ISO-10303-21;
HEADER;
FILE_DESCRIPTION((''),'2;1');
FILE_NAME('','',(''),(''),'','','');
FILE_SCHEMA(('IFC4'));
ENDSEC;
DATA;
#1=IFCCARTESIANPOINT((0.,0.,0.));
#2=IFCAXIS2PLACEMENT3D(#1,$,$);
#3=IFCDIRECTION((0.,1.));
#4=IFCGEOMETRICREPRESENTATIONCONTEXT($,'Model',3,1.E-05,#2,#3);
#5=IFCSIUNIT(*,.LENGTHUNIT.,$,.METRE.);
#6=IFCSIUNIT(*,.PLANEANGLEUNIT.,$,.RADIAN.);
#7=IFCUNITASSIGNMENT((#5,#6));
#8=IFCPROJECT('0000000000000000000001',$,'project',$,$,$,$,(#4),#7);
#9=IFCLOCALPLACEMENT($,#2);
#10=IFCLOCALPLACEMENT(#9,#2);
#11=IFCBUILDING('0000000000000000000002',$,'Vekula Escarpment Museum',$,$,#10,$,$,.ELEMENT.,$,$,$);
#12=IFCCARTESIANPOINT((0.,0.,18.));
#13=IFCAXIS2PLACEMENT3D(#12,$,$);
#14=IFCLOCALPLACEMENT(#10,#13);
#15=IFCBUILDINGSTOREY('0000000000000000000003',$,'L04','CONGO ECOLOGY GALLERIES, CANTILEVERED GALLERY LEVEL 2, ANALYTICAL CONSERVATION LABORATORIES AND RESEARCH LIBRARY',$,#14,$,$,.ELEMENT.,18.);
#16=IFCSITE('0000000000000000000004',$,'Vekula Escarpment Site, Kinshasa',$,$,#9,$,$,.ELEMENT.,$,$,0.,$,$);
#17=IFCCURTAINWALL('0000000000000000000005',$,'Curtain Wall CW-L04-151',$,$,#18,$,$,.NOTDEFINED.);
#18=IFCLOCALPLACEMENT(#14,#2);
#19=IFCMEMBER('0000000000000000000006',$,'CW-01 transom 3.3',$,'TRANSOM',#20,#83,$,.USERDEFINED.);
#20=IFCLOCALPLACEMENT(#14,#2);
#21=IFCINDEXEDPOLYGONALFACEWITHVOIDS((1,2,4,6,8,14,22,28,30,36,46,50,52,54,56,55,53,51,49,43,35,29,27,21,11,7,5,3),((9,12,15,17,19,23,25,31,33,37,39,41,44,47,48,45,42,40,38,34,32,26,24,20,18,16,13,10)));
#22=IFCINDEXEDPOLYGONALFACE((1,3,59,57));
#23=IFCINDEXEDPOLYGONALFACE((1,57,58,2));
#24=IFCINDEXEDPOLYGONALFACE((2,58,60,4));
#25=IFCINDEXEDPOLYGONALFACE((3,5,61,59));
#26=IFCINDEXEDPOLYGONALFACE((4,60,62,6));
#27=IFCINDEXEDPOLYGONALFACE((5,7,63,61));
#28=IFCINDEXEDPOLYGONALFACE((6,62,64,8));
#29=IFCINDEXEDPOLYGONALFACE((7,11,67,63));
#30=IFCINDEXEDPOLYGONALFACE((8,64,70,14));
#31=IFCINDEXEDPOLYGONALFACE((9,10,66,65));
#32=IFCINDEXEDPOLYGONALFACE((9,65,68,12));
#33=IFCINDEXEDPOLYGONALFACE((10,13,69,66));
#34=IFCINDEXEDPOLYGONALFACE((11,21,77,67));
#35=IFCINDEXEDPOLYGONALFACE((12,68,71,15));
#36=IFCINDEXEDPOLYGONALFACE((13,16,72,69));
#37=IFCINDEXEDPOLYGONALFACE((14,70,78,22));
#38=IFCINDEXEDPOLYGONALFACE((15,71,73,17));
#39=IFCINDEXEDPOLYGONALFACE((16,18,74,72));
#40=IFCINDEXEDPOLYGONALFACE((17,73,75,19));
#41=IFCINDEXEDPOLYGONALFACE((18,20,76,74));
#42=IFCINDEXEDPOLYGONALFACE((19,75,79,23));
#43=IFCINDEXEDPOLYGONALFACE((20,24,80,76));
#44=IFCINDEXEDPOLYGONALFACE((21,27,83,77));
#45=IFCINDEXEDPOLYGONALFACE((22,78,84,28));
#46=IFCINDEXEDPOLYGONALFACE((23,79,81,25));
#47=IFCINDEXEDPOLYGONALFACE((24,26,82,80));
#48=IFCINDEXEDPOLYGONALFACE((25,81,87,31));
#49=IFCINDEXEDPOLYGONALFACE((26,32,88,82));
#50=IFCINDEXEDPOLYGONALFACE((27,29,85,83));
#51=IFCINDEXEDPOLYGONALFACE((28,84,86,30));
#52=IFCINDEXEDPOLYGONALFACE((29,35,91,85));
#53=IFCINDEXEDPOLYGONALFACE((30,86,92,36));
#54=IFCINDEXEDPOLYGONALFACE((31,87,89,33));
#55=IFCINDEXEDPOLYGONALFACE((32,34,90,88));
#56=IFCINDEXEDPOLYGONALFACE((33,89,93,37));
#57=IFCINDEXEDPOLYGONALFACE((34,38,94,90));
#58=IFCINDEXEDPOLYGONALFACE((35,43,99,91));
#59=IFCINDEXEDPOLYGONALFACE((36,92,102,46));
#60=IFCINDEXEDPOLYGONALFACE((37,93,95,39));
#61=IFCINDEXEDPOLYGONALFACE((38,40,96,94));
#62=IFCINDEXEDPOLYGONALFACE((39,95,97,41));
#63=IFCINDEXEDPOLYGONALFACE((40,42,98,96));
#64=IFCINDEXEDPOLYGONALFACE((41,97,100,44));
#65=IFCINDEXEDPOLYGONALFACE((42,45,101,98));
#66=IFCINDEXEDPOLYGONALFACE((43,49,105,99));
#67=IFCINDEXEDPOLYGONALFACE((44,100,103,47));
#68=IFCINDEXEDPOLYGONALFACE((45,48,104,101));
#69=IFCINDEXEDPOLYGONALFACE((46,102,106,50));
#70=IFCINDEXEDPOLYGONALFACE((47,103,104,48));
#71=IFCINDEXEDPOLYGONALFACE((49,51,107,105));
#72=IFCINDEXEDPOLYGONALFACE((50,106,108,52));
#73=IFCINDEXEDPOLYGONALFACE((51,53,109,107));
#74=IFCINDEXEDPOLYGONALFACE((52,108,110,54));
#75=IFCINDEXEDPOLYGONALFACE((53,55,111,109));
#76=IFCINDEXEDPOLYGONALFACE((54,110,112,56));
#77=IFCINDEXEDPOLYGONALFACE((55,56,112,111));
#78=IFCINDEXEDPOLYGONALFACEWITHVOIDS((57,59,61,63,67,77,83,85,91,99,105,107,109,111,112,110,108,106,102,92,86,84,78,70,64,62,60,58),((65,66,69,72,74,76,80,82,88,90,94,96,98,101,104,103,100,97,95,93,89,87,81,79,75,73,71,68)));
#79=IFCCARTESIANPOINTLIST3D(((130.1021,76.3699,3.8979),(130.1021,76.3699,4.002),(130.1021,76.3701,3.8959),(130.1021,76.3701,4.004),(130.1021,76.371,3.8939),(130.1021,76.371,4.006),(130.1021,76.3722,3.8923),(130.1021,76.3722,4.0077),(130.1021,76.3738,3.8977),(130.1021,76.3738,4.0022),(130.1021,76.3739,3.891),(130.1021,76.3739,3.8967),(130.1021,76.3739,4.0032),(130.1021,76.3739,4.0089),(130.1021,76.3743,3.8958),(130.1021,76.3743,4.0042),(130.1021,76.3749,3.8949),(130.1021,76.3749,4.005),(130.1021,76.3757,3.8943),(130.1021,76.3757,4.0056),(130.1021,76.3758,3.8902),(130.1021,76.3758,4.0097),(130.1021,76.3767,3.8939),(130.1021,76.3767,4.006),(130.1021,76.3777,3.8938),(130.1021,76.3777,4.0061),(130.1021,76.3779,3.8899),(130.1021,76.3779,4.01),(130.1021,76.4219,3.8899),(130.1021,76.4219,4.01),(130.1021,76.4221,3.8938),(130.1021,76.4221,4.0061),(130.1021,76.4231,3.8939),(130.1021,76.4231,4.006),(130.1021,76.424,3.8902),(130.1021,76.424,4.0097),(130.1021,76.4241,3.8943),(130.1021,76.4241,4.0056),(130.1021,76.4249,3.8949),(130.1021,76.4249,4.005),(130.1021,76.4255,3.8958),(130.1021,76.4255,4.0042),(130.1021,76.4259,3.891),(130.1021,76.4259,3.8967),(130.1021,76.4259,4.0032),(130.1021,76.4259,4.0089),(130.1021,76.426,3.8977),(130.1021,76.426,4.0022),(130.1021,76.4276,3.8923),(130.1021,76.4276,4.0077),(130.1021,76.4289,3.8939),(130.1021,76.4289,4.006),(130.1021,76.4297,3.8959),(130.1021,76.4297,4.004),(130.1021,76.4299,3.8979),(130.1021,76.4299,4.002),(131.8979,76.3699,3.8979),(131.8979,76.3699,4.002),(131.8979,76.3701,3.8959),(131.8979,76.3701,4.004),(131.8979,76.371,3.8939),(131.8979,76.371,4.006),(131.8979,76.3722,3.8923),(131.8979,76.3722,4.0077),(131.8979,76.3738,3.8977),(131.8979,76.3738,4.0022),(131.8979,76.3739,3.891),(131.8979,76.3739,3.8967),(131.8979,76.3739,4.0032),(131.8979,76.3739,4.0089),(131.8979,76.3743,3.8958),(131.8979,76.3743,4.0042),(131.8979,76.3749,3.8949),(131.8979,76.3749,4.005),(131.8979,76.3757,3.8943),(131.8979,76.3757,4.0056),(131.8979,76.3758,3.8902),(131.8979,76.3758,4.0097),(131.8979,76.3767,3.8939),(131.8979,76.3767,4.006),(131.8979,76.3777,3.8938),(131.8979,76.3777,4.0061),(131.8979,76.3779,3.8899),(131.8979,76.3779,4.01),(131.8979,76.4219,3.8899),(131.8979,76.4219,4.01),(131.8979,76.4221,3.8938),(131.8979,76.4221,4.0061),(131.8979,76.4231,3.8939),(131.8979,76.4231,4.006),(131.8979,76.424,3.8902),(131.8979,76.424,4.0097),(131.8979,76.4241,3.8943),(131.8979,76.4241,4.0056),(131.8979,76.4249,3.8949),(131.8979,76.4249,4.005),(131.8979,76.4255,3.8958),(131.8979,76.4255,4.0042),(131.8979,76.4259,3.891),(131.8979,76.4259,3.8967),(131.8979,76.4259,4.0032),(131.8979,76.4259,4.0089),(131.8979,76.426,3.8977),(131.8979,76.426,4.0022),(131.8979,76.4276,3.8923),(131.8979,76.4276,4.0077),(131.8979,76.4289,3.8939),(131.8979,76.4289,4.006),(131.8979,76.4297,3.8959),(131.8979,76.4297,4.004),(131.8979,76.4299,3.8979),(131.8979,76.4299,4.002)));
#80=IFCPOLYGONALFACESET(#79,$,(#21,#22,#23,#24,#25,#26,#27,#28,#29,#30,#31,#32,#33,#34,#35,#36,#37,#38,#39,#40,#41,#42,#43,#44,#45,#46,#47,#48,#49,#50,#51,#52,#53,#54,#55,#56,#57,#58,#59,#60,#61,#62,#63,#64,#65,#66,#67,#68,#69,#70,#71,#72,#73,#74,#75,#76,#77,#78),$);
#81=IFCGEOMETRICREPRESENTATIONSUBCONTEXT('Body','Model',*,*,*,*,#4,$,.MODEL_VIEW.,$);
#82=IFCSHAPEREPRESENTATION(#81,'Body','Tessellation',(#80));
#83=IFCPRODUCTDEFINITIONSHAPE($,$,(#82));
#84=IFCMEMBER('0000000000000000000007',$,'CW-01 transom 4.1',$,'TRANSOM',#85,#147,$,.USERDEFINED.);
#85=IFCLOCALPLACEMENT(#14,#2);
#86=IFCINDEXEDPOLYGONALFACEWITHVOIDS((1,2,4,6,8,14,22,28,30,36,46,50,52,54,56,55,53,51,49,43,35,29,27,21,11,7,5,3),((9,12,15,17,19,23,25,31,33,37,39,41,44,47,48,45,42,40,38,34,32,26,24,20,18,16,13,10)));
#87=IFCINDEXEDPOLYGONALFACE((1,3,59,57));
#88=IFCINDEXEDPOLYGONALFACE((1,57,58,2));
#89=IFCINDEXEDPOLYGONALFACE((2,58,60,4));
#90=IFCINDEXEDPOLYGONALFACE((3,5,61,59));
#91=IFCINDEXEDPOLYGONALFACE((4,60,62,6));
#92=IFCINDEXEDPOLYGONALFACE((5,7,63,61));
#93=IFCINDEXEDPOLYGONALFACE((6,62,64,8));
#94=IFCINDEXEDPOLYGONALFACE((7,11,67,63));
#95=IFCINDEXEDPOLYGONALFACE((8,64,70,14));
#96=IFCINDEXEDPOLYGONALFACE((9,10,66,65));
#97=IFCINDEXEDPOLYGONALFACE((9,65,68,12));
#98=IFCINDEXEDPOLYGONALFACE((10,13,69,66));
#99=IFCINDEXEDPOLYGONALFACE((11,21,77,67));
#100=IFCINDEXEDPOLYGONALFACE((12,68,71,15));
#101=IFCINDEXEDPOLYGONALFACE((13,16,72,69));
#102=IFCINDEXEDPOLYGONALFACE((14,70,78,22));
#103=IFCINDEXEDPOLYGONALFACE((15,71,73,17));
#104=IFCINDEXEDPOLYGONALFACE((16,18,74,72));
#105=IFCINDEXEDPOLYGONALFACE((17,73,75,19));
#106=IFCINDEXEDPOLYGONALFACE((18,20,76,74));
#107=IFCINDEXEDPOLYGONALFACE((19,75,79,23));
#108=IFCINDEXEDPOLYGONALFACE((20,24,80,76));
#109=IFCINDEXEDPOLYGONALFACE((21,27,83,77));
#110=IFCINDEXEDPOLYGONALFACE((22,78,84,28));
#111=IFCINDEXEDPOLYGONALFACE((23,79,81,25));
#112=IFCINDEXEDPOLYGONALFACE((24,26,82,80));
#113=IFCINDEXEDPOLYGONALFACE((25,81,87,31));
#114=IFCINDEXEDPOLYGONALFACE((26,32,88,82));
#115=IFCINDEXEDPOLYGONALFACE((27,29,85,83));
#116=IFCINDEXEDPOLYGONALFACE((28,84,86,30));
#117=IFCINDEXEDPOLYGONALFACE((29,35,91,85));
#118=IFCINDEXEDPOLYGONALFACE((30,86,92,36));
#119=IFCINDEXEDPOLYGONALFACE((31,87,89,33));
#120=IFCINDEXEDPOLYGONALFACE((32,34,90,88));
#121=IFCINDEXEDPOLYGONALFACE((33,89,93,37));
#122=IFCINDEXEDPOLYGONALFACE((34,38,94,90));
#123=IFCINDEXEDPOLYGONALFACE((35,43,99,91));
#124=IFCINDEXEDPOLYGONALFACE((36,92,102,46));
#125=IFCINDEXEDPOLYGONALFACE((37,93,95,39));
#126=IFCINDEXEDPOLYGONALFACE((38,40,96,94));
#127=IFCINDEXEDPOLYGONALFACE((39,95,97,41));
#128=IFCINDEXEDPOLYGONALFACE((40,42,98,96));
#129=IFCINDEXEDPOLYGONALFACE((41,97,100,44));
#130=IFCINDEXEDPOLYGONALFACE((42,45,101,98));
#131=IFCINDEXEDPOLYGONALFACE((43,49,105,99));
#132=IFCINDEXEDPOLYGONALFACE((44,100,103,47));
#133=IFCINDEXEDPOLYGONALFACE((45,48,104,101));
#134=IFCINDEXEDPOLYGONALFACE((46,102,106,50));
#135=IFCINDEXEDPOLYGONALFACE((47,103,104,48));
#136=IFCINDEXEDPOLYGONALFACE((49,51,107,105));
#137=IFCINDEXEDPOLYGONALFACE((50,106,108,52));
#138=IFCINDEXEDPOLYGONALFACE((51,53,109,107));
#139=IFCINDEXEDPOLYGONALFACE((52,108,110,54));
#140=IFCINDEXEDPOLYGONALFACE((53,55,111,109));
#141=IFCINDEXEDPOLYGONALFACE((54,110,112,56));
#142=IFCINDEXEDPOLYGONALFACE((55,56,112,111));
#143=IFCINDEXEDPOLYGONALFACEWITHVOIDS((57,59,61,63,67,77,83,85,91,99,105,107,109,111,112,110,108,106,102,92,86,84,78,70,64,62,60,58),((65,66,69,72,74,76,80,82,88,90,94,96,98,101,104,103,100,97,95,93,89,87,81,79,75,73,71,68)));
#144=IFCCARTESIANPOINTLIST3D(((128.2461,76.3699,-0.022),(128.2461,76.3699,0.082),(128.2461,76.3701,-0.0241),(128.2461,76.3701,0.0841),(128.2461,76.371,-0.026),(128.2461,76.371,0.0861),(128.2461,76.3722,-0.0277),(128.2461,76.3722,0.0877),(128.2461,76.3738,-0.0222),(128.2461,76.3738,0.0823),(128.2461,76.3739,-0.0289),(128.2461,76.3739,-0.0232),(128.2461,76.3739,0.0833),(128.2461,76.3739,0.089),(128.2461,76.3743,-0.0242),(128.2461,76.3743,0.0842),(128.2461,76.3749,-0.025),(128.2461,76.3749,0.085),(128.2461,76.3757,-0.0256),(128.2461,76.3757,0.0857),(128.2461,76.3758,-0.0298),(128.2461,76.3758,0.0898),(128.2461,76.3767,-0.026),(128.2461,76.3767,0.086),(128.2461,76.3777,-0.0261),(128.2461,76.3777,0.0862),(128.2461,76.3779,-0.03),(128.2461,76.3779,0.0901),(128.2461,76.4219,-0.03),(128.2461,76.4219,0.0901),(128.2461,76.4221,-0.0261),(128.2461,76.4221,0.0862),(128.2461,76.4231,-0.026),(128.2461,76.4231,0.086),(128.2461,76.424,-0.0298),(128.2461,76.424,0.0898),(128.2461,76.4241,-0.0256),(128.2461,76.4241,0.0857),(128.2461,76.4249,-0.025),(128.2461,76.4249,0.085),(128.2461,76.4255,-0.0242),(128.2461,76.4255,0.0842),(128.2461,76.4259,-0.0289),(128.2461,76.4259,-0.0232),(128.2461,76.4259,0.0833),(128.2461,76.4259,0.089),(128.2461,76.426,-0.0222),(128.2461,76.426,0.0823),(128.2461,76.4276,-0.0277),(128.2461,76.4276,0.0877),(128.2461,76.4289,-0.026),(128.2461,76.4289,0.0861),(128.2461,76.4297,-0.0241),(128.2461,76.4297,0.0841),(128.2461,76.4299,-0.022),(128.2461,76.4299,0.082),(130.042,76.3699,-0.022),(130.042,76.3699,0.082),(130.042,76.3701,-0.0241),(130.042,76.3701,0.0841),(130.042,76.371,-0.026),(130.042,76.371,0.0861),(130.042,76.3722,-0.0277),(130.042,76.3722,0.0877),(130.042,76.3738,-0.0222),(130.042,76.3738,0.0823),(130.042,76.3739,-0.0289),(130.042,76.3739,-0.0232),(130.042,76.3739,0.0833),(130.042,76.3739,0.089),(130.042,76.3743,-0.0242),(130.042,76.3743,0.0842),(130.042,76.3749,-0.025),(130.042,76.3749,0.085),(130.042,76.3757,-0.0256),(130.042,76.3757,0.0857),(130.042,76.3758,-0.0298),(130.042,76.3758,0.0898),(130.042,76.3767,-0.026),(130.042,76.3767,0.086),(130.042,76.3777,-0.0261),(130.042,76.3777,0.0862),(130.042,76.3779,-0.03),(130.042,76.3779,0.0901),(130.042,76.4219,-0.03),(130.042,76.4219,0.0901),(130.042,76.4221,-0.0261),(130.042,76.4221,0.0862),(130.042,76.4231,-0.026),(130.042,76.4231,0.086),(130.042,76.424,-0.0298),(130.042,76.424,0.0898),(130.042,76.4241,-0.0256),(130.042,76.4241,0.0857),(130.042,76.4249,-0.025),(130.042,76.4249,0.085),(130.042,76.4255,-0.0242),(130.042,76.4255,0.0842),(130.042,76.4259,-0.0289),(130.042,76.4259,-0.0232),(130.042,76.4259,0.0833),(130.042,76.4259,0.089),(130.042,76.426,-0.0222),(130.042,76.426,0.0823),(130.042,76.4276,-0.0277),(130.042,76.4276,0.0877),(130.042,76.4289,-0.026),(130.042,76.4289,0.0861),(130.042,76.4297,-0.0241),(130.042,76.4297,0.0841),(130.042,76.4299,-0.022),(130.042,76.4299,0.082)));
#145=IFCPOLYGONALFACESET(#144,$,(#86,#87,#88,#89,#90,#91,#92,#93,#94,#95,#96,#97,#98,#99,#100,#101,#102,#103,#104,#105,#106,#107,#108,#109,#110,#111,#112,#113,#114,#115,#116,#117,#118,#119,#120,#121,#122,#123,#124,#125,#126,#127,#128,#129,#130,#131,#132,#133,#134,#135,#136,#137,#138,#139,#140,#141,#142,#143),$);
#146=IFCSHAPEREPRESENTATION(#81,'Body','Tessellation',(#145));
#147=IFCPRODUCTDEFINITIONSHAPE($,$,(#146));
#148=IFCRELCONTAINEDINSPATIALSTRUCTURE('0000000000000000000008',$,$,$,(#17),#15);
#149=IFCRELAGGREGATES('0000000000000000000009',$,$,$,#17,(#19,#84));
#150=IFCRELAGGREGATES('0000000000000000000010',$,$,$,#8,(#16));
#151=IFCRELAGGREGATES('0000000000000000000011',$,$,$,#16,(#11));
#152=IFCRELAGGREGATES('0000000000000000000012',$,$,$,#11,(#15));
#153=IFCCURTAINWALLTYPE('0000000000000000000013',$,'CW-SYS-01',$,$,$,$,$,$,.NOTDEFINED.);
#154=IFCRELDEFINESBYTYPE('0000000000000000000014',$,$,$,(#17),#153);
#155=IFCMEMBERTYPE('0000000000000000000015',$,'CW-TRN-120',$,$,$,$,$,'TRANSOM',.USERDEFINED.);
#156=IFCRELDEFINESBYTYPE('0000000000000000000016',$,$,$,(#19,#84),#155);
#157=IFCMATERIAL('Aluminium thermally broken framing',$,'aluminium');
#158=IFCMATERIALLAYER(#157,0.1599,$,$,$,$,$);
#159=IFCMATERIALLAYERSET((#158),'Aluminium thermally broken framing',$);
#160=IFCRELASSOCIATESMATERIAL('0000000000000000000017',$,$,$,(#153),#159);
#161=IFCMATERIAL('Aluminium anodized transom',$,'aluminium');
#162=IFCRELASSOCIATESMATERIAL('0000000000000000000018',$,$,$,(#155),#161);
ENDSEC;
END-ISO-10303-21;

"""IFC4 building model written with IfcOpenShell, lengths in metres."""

from ifc_helpers import new_model, si_unit, direction, frame, origin, origin_2d, place, context, subcontext, project, spatial, hollow_rectangle, extrude, material, layer, layer_set, material_profile, profile_set, type_object, element, aggregate, save


model = new_model("IFC4")

# Units and contexts
model_context = context("Model", 3, precision=1e-05, world=origin(), true_north=direction((0.0, 1.0)))
body_context = subcontext(model_context, "Body", "Model", "MODEL_VIEW")
ifc_project = project(units=[si_unit("LENGTHUNIT", "METRE"), si_unit("PLANEANGLEUNIT", "RADIAN")], contexts=[model_context])

# Site, building, storey
site_placement = place(None, origin())
site = spatial("IfcSite", under=ifc_project, at=site_placement, Name="Vekula Escarpment Site, Kinshasa", CompositionType="ELEMENT", RefElevation=0.0)
building_placement = place(site_placement, origin())
building = spatial("IfcBuilding", under=site, at=building_placement, Name="Vekula Escarpment Museum", CompositionType="ELEMENT")
storey_placement = place(building_placement, frame((0.0, 0.0, 18.0)))
storey = spatial("IfcBuildingStorey", under=building, at=storey_placement, Name="L04", Description="CONGO ECOLOGY GALLERIES, CANTILEVERED GALLERY LEVEL 2, ANALYTICAL CONSERVATION LABORATORIES AND RESEARCH LIBRARY", CompositionType="ELEMENT", Elevation=18.0)

# Curtain wall, members
ifc_material_1 = material(Name="Aluminium thermally broken framing", Category="aluminium")
ifc_layer_1 = layer(ifc_material_1, 0.1599)
ifc_layer_set_1 = layer_set([ifc_layer_1], Name="Aluminium thermally broken framing")
curtain_wall_type = type_object("IfcCurtainWallType", Name="CW-SYS-01", PredefinedType="NOTDEFINED", material=ifc_layer_set_1)
curtain_wall_placement = place(storey_placement, origin())
curtain_wall = element("IfcCurtainWall", 1, at=curtain_wall_placement, inside=storey, type_object=curtain_wall_type, Name="Curtain Wall CW-L04-151", PredefinedType="NOTDEFINED")
ifc_material_2 = material(Name="Aluminium anodized transom", Category="aluminium")
ifc_material_profile_1 = material_profile(ifc_material_2, hollow_rectangle(XDim=0.0601, YDim=0.1201, WallThickness=0.0039, InnerFilletRadius=0.0039, OuterFilletRadius=0.0081, at=origin_2d()), Name="ALU 120x60x4")
ifc_profile_set_1 = profile_set([ifc_material_profile_1], Name="Aluminium anodized transom")
member_type_1 = type_object("IfcMemberType", Name="CW-TRN-120", ElementType="TRANSOM", PredefinedType="USERDEFINED", material=ifc_profile_set_1)
member_1_placement = place(storey_placement, frame((131.8979, 76.3999, 3.95), z_axis=(-1.0, 0.0, 0.0), x_axis=(0.0, -1.0, 0.0)))
member_1 = element("IfcMember", 2, at=member_1_placement, type_object=member_type_1, Name="CW-01 transom 3.3", ObjectType="TRANSOM", PredefinedType="USERDEFINED", context=body_context, shape_type="SweptSolid", body=[
    extrude(hollow_rectangle(XDim=0.0601, YDim=0.1201, WallThickness=0.0039, InnerFilletRadius=0.0039, OuterFilletRadius=0.0081, at=origin_2d()), origin(), (0.0, 0.0, 1.0), 1.7959),
])
member_2_placement = place(storey_placement, frame((130.042, 76.3999, 0.03), z_axis=(-1.0, 0.0, 0.0), x_axis=(0.0, -1.0, 0.0)))
member_2 = element("IfcMember", 3, at=member_2_placement, type_object=member_type_1, Name="CW-01 transom 4.1", ObjectType="TRANSOM", PredefinedType="USERDEFINED", context=body_context, shape_type="SweptSolid", body=[
    extrude(hollow_rectangle(XDim=0.0601, YDim=0.1201, WallThickness=0.0039, InnerFilletRadius=0.0039, OuterFilletRadius=0.0081, at=origin_2d()), origin(), (0.0, 0.0, 1.0), 1.7959),
])
aggregate(curtain_wall, [member_1, member_2])

save(model, "model.ifc")
